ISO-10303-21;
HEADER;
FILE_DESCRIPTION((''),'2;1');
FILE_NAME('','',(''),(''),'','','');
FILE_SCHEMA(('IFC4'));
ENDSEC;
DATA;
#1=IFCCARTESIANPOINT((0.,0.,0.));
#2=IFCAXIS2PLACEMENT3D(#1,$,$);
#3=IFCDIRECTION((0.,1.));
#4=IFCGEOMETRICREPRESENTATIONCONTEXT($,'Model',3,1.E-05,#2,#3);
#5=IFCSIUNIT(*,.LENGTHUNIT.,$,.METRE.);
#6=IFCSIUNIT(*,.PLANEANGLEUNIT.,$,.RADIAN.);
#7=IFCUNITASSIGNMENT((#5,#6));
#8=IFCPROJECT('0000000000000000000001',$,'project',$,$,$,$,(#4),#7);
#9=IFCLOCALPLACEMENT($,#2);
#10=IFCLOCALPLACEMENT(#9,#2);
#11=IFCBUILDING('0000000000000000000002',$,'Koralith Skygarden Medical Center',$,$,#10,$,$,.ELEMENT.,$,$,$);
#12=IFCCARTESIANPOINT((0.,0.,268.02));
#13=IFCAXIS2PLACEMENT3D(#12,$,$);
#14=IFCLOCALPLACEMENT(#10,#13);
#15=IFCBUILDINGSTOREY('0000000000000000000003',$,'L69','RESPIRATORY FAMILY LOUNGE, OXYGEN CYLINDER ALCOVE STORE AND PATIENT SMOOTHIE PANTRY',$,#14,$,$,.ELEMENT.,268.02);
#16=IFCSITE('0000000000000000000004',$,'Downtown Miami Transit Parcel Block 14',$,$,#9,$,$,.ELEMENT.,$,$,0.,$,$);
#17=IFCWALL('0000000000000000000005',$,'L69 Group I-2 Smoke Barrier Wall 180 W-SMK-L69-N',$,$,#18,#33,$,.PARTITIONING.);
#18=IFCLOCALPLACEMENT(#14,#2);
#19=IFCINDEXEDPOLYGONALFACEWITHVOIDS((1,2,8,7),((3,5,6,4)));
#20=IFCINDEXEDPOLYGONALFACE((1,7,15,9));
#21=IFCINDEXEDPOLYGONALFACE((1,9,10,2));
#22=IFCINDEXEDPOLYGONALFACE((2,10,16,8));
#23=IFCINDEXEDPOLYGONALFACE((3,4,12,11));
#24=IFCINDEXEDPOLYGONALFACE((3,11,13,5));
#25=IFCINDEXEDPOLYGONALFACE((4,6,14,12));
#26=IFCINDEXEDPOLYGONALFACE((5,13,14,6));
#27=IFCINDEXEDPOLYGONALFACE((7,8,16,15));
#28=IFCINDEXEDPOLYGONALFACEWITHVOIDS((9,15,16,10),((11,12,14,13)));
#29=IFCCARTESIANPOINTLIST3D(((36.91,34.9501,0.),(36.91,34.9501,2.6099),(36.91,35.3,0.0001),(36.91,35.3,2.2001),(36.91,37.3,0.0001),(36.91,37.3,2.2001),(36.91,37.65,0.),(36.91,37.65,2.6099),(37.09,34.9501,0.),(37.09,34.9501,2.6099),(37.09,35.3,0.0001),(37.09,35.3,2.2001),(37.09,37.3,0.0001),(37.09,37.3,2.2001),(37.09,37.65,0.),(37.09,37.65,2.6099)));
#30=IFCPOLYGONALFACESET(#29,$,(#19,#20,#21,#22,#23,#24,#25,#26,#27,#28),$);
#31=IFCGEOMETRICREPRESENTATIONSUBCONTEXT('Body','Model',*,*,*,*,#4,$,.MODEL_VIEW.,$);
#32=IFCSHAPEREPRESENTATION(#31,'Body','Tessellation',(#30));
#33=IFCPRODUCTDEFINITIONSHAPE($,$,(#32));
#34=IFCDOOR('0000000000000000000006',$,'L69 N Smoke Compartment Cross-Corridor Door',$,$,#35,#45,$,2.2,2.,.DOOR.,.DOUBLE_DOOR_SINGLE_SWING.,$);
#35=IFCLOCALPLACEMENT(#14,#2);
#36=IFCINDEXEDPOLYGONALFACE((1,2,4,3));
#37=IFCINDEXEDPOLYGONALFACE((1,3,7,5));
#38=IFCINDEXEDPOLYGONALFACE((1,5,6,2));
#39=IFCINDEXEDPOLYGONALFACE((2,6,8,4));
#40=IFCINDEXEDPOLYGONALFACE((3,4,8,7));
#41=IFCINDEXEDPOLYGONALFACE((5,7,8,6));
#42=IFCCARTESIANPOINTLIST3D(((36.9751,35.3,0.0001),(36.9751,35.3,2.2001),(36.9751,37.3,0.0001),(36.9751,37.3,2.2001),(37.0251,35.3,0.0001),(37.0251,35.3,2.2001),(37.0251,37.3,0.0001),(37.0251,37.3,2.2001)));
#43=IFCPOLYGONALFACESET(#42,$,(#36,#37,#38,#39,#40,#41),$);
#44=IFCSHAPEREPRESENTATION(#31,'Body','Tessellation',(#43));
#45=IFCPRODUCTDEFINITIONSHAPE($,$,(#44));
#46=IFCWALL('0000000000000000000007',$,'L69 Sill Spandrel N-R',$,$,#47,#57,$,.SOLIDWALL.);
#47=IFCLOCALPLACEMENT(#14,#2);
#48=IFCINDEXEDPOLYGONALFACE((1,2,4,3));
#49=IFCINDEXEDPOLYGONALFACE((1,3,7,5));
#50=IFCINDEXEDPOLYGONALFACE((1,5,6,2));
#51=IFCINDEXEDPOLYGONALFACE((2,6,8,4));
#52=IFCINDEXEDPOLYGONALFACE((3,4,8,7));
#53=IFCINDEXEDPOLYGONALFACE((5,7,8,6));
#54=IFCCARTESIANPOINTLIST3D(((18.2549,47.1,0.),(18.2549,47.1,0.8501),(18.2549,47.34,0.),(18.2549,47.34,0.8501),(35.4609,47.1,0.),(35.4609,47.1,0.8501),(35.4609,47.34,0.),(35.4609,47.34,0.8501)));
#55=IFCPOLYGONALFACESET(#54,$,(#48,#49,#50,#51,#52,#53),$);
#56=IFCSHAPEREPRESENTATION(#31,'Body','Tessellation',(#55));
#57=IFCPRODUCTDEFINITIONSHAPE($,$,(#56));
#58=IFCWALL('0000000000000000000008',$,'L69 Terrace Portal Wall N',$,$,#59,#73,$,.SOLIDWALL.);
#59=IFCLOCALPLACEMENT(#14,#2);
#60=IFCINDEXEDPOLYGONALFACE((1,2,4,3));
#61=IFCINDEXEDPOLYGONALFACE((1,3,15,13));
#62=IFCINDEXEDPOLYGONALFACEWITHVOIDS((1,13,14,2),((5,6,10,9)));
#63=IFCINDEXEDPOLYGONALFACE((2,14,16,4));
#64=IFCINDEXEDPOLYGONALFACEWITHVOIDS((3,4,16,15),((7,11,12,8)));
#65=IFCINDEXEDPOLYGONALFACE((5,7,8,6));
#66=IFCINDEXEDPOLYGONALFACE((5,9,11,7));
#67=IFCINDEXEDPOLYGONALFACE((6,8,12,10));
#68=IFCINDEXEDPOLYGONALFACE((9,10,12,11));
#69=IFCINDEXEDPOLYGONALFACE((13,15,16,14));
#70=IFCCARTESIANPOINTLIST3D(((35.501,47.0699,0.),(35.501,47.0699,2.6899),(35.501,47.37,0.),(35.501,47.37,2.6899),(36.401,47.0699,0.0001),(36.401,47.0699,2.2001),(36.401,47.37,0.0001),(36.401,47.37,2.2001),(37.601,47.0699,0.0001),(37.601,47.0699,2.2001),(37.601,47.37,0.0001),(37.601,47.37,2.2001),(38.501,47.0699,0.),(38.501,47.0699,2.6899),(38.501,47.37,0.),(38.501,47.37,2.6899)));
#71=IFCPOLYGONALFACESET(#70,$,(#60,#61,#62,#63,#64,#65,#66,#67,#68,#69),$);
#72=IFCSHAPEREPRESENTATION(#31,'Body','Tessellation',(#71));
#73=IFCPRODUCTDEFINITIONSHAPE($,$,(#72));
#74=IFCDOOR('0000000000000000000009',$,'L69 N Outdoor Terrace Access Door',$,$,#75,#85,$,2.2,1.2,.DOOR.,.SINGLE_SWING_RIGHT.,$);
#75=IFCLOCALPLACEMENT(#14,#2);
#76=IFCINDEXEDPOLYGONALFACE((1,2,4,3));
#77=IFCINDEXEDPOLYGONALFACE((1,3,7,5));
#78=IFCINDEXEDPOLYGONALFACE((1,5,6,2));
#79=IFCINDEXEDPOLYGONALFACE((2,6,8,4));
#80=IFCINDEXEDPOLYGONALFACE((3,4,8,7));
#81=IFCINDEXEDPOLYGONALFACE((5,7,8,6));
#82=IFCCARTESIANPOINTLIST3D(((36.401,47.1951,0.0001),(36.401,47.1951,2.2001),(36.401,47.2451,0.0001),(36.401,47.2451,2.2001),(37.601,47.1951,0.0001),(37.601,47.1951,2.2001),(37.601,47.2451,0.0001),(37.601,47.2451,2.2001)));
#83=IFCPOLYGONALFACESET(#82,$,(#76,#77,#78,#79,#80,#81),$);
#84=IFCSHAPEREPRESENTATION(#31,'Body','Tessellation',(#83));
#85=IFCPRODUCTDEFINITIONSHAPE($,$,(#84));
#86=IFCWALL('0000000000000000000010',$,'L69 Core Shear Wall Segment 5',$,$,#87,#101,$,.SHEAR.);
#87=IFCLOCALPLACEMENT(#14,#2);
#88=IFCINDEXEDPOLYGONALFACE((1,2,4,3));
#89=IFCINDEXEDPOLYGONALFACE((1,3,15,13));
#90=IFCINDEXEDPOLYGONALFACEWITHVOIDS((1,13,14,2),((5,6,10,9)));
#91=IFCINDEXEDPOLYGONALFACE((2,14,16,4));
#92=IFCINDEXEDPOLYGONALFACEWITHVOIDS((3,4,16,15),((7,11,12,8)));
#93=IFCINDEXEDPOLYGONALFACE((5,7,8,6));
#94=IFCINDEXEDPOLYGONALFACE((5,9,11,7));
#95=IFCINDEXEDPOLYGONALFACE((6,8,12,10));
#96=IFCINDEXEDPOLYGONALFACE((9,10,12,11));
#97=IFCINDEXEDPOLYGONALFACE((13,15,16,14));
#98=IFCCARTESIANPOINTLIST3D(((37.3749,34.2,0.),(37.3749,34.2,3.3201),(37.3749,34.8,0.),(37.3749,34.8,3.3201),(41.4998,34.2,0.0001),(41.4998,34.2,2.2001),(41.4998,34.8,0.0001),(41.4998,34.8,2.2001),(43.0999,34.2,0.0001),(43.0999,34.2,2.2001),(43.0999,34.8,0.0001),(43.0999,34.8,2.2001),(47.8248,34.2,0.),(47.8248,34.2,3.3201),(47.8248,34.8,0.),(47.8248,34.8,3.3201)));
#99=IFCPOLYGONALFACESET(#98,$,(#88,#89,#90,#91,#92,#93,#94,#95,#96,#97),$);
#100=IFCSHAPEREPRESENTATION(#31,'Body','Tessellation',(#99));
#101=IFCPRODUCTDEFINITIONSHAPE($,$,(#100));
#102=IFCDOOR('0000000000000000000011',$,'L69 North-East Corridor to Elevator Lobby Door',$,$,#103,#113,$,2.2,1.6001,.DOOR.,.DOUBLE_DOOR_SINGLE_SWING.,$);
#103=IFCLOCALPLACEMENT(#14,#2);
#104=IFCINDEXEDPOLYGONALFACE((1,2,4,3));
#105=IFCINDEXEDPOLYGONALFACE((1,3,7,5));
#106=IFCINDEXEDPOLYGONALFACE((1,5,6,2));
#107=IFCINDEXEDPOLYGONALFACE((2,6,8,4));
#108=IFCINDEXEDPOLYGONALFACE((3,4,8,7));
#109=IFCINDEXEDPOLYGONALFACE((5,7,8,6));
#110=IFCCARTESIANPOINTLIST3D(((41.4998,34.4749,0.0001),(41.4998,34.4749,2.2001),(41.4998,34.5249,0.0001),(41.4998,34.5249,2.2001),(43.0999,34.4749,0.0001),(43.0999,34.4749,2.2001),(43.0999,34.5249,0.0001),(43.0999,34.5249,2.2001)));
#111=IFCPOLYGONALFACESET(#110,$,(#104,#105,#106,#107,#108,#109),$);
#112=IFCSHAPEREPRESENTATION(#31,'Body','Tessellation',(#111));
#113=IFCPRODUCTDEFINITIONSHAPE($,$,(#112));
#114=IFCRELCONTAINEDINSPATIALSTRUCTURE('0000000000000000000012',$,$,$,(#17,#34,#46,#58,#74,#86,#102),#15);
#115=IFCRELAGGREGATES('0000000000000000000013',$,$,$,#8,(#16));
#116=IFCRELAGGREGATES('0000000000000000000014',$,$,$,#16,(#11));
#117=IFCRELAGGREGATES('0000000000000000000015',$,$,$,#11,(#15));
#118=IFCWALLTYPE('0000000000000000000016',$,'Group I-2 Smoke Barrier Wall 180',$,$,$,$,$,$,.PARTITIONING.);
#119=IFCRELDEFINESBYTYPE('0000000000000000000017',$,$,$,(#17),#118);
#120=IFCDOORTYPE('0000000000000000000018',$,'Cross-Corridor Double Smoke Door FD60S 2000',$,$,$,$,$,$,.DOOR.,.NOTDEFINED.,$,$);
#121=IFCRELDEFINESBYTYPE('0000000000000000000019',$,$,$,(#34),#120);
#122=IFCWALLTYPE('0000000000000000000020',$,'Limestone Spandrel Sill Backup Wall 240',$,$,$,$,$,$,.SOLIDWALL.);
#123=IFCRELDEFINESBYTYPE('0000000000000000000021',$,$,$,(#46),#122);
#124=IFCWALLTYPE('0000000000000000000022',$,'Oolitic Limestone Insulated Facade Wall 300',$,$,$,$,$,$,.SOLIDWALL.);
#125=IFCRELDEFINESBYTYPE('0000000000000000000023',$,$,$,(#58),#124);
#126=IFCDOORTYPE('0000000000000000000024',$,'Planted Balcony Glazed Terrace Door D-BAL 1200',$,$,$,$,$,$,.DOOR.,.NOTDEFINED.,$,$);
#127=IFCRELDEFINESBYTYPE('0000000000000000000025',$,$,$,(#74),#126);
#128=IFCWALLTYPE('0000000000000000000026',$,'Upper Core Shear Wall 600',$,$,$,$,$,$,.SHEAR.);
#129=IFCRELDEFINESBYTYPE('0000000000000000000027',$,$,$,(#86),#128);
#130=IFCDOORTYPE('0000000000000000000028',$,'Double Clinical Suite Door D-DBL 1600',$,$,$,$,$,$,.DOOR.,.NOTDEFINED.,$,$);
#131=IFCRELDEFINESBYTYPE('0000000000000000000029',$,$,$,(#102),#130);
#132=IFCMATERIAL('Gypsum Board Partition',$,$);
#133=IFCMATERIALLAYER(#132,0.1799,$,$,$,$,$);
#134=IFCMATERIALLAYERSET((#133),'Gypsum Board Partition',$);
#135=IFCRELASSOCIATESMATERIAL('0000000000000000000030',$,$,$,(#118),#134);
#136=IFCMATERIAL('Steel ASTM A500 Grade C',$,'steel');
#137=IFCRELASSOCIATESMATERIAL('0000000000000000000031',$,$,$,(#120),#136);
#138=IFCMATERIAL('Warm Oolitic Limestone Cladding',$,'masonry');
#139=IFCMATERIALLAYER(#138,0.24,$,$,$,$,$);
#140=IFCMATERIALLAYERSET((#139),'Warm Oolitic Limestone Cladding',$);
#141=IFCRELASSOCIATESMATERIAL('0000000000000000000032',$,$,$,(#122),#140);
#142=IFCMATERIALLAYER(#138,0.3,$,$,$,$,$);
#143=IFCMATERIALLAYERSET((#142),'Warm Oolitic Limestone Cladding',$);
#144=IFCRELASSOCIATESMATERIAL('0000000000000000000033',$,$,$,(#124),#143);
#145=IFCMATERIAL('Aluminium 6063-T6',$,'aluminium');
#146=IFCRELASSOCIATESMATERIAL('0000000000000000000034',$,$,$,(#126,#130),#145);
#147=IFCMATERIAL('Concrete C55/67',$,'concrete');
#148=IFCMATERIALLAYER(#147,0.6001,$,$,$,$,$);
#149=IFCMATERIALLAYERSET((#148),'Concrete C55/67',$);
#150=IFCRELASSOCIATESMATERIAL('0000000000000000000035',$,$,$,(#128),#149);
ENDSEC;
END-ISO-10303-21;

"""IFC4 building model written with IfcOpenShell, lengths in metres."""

from ifc_helpers import new_model, si_unit, direction, frame, frame_2d, origin, place, context, subcontext, project, spatial, rectangle, extrude, material, layer, layer_set, type_object, element, fill, save


model = new_model("IFC4")

# Units and contexts
model_context = context("Model", 3, precision=1e-05, world=origin(), true_north=direction((0.0, 1.0)))
body_context = subcontext(model_context, "Body", "Model", "MODEL_VIEW")
ifc_project = project(units=[si_unit("LENGTHUNIT", "METRE"), si_unit("PLANEANGLEUNIT", "RADIAN")], contexts=[model_context])

# Site, building, storey
site_placement = place(None, origin())
site = spatial("IfcSite", under=ifc_project, at=site_placement, Name="Downtown Miami Transit Parcel Block 14", CompositionType="ELEMENT", RefElevation=0.0)
building_placement = place(site_placement, origin())
building = spatial("IfcBuilding", under=site, at=building_placement, Name="Koralith Skygarden Medical Center", CompositionType="ELEMENT")
storey_placement = place(building_placement, frame((0.0, 0.0, 268.02)))
storey = spatial("IfcBuildingStorey", under=building, at=storey_placement, Name="L69", Description="RESPIRATORY FAMILY LOUNGE, OXYGEN CYLINDER ALCOVE STORE AND PATIENT SMOOTHIE PANTRY", CompositionType="ELEMENT", Elevation=268.02)

# Shared definitions
ifc_material_1 = material(Name="Concrete C55/67", Category="concrete")

# Shared definitions
ifc_material_2 = material(Name="Aluminium 6063-T6", Category="aluminium")

# Shared definitions
ifc_material_3 = material(Name="Gypsum Board Partition")

# Wall, opening, door
ifc_layer_1 = layer(ifc_material_3, 0.1799)
ifc_layer_set_1 = layer_set([ifc_layer_1], Name="Gypsum Board Partition")
wall_type_1 = type_object("IfcWallType", Name="Group I-2 Smoke Barrier Wall 180", PredefinedType="PARTITIONING", material=ifc_layer_set_1)
wall_1_placement = place(storey_placement, frame((37.0, 34.95, 0.0), z_axis=(0.0, 0.0, 1.0), x_axis=(0.0, 1.0, 0.0)))
wall_1 = element("IfcWall", 1, at=wall_1_placement, inside=storey, type_object=wall_type_1, Name="L69 Group I-2 Smoke Barrier Wall 180 W-SMK-L69-N", PredefinedType="PARTITIONING", context=body_context, shape_type="SweptSolid", body=[
    extrude(rectangle(XDim=2.7, YDim=0.1799, at=frame_2d((1.3501, 0.0))), origin(), (0.0, 0.0, 1.0), 2.6099),
])
opening_1_placement = place(wall_1_placement, frame((0.3501, 0.0, 0.0)))
opening_1 = element("IfcOpeningElement", 2, at=opening_1_placement, cuts=wall_1, PredefinedType="OPENING", context=body_context, shape_type="SweptSolid", body=[
    extrude(rectangle(XDim=2.0, YDim=2.2, at=frame_2d((1.0, 1.1001))), frame((0.0, 0.0999, 0.0), z_axis=(0.0, -1.0, 0.0), x_axis=(1.0, 0.0, 0.0)), (0.0, 0.0, 1.0), 0.2),
])
ifc_material_4 = material(Name="Steel ASTM A500 Grade C", Category="steel")
door_type_1 = type_object("IfcDoorType", Name="Cross-Corridor Double Smoke Door FD60S 2000", OperationType="NOTDEFINED", PredefinedType="DOOR", material=ifc_material_4)
door_1_placement = place(opening_1_placement, origin())
door_1 = element("IfcDoor", 3, at=door_1_placement, inside=storey, type_object=door_type_1, Name="L69 N Smoke Compartment Cross-Corridor Door", OperationType="DOUBLE_DOOR_SINGLE_SWING", OverallHeight=2.2, OverallWidth=2.0, PredefinedType="DOOR", context=body_context, shape_type="SweptSolid", body=[
    extrude(rectangle(XDim=2.0, YDim=2.2, at=frame_2d((1.0, 1.1001))), frame((0.0, 0.0249, 0.0), z_axis=(0.0, -1.0, 0.0), x_axis=(1.0, 0.0, 0.0)), (0.0, 0.0, 1.0), 0.05),
])
fill(opening_1, door_1)

# Wall
ifc_material_5 = material(Name="Warm Oolitic Limestone Cladding", Category="masonry")
ifc_layer_2 = layer(ifc_material_5, 0.24)
ifc_layer_set_2 = layer_set([ifc_layer_2], Name="Warm Oolitic Limestone Cladding")
wall_type_2 = type_object("IfcWallType", Name="Limestone Spandrel Sill Backup Wall 240", PredefinedType="SOLIDWALL", material=ifc_layer_set_2)
wall_2_placement = place(storey_placement, frame((35.4609, 47.22, 0.0), z_axis=(0.0, 0.0, 1.0), x_axis=(-1.0, 0.0, 0.0)))
element("IfcWall", 4, at=wall_2_placement, inside=storey, type_object=wall_type_2, Name="L69 Sill Spandrel N-R", PredefinedType="SOLIDWALL", context=body_context, shape_type="SweptSolid", body=[
    extrude(rectangle(XDim=17.2061, YDim=0.24, at=frame_2d((8.603, 0.0))), origin(), (0.0, 0.0, 1.0), 0.8501),
])

# Walls, openings, doors
ifc_layer_3 = layer(ifc_material_5, 0.3)
ifc_layer_set_3 = layer_set([ifc_layer_3], Name="Warm Oolitic Limestone Cladding")
wall_type_3 = type_object("IfcWallType", Name="Oolitic Limestone Insulated Facade Wall 300", PredefinedType="SOLIDWALL", material=ifc_layer_set_3)
wall_3_placement = place(storey_placement, frame((38.501, 47.22, 0.0), z_axis=(0.0, 0.0, 1.0), x_axis=(-1.0, 0.0, 0.0)))
wall_3 = element("IfcWall", 5, at=wall_3_placement, inside=storey, type_object=wall_type_3, Name="L69 Terrace Portal Wall N", PredefinedType="SOLIDWALL", context=body_context, shape_type="SweptSolid", body=[
    extrude(rectangle(XDim=3.0, YDim=0.3, at=frame_2d((1.5, 0.0))), origin(), (0.0, 0.0, 1.0), 2.6899),
])
opening_2_placement = place(wall_3_placement, frame((0.8999, 0.0, 0.0)))
opening_2 = element("IfcOpeningElement", 6, at=opening_2_placement, cuts=wall_3, PredefinedType="OPENING", context=body_context, shape_type="SweptSolid", body=[
    extrude(rectangle(XDim=1.2, YDim=2.2, at=frame_2d((0.6001, 1.1001))), frame((0.0, 0.1599, 0.0), z_axis=(0.0, -1.0, 0.0), x_axis=(1.0, 0.0, 0.0)), (0.0, 0.0, 1.0), 0.3201),
])
door_type_2 = type_object("IfcDoorType", Name="Planted Balcony Glazed Terrace Door D-BAL 1200", OperationType="NOTDEFINED", PredefinedType="DOOR", material=ifc_material_2)
door_2_placement = place(opening_2_placement, origin())
door_2 = element("IfcDoor", 7, at=door_2_placement, inside=storey, type_object=door_type_2, Name="L69 N Outdoor Terrace Access Door", OperationType="SINGLE_SWING_RIGHT", OverallHeight=2.2, OverallWidth=1.2, PredefinedType="DOOR", context=body_context, shape_type="SweptSolid", body=[
    extrude(rectangle(XDim=1.2, YDim=2.2, at=frame_2d((0.6001, 1.1001))), frame((0.0, 0.0249, 0.0), z_axis=(0.0, -1.0, 0.0), x_axis=(1.0, 0.0, 0.0)), (0.0, 0.0, 1.0), 0.05),
])
fill(opening_2, door_2)
ifc_layer_4 = layer(ifc_material_1, 0.6001)
ifc_layer_set_4 = layer_set([ifc_layer_4], Name="Concrete C55/67")
wall_type_4 = type_object("IfcWallType", Name="Upper Core Shear Wall 600", PredefinedType="SHEAR", material=ifc_layer_set_4)
wall_4_placement = place(storey_placement, frame((47.825, 34.5, 0.0), z_axis=(0.0, 0.0, 1.0), x_axis=(-1.0, 0.0, 0.0)))
wall_4 = element("IfcWall", 8, at=wall_4_placement, inside=storey, type_object=wall_type_4, Name="L69 Core Shear Wall Segment 5", PredefinedType="SHEAR", context=body_context, shape_type="SweptSolid", body=[
    extrude(rectangle(XDim=10.45, YDim=0.6001, at=frame_2d((5.2251, 0.0))), origin(), (0.0, 0.0, 1.0), 3.3201),
])
opening_3_placement = place(wall_4_placement, frame((4.7251, 0.0, 0.0)))
opening_3 = element("IfcOpeningElement", 9, at=opening_3_placement, cuts=wall_4, PredefinedType="OPENING", context=body_context, shape_type="SweptSolid", body=[
    extrude(rectangle(XDim=1.6001, YDim=2.2, at=frame_2d((0.8, 1.1001))), frame((0.0, 0.3101, 0.0), z_axis=(0.0, -1.0, 0.0), x_axis=(1.0, 0.0, 0.0)), (0.0, 0.0, 1.0), 0.6201),
])
door_type_3 = type_object("IfcDoorType", Name="Double Clinical Suite Door D-DBL 1600", OperationType="NOTDEFINED", PredefinedType="DOOR", material=ifc_material_2)
door_3_placement = place(opening_3_placement, frame((1.6001, 0.0, 0.0), z_axis=(0.0, 0.0, 1.0), x_axis=(-1.0, 0.0, 0.0)))
door_3 = element("IfcDoor", 10, at=door_3_placement, inside=storey, type_object=door_type_3, Name="L69 North-East Corridor to Elevator Lobby Door", OperationType="DOUBLE_DOOR_SINGLE_SWING", OverallHeight=2.2, OverallWidth=1.6001, PredefinedType="DOOR", context=body_context, shape_type="SweptSolid", body=[
    extrude(rectangle(XDim=1.6001, YDim=2.2, at=frame_2d((0.8, 1.1001))), frame((0.0, 0.0249, 0.0), z_axis=(0.0, -1.0, 0.0), x_axis=(1.0, 0.0, 0.0)), (0.0, 0.0, 1.0), 0.05),
])
fill(opening_3, door_3)

save(model, "model.ifc")
